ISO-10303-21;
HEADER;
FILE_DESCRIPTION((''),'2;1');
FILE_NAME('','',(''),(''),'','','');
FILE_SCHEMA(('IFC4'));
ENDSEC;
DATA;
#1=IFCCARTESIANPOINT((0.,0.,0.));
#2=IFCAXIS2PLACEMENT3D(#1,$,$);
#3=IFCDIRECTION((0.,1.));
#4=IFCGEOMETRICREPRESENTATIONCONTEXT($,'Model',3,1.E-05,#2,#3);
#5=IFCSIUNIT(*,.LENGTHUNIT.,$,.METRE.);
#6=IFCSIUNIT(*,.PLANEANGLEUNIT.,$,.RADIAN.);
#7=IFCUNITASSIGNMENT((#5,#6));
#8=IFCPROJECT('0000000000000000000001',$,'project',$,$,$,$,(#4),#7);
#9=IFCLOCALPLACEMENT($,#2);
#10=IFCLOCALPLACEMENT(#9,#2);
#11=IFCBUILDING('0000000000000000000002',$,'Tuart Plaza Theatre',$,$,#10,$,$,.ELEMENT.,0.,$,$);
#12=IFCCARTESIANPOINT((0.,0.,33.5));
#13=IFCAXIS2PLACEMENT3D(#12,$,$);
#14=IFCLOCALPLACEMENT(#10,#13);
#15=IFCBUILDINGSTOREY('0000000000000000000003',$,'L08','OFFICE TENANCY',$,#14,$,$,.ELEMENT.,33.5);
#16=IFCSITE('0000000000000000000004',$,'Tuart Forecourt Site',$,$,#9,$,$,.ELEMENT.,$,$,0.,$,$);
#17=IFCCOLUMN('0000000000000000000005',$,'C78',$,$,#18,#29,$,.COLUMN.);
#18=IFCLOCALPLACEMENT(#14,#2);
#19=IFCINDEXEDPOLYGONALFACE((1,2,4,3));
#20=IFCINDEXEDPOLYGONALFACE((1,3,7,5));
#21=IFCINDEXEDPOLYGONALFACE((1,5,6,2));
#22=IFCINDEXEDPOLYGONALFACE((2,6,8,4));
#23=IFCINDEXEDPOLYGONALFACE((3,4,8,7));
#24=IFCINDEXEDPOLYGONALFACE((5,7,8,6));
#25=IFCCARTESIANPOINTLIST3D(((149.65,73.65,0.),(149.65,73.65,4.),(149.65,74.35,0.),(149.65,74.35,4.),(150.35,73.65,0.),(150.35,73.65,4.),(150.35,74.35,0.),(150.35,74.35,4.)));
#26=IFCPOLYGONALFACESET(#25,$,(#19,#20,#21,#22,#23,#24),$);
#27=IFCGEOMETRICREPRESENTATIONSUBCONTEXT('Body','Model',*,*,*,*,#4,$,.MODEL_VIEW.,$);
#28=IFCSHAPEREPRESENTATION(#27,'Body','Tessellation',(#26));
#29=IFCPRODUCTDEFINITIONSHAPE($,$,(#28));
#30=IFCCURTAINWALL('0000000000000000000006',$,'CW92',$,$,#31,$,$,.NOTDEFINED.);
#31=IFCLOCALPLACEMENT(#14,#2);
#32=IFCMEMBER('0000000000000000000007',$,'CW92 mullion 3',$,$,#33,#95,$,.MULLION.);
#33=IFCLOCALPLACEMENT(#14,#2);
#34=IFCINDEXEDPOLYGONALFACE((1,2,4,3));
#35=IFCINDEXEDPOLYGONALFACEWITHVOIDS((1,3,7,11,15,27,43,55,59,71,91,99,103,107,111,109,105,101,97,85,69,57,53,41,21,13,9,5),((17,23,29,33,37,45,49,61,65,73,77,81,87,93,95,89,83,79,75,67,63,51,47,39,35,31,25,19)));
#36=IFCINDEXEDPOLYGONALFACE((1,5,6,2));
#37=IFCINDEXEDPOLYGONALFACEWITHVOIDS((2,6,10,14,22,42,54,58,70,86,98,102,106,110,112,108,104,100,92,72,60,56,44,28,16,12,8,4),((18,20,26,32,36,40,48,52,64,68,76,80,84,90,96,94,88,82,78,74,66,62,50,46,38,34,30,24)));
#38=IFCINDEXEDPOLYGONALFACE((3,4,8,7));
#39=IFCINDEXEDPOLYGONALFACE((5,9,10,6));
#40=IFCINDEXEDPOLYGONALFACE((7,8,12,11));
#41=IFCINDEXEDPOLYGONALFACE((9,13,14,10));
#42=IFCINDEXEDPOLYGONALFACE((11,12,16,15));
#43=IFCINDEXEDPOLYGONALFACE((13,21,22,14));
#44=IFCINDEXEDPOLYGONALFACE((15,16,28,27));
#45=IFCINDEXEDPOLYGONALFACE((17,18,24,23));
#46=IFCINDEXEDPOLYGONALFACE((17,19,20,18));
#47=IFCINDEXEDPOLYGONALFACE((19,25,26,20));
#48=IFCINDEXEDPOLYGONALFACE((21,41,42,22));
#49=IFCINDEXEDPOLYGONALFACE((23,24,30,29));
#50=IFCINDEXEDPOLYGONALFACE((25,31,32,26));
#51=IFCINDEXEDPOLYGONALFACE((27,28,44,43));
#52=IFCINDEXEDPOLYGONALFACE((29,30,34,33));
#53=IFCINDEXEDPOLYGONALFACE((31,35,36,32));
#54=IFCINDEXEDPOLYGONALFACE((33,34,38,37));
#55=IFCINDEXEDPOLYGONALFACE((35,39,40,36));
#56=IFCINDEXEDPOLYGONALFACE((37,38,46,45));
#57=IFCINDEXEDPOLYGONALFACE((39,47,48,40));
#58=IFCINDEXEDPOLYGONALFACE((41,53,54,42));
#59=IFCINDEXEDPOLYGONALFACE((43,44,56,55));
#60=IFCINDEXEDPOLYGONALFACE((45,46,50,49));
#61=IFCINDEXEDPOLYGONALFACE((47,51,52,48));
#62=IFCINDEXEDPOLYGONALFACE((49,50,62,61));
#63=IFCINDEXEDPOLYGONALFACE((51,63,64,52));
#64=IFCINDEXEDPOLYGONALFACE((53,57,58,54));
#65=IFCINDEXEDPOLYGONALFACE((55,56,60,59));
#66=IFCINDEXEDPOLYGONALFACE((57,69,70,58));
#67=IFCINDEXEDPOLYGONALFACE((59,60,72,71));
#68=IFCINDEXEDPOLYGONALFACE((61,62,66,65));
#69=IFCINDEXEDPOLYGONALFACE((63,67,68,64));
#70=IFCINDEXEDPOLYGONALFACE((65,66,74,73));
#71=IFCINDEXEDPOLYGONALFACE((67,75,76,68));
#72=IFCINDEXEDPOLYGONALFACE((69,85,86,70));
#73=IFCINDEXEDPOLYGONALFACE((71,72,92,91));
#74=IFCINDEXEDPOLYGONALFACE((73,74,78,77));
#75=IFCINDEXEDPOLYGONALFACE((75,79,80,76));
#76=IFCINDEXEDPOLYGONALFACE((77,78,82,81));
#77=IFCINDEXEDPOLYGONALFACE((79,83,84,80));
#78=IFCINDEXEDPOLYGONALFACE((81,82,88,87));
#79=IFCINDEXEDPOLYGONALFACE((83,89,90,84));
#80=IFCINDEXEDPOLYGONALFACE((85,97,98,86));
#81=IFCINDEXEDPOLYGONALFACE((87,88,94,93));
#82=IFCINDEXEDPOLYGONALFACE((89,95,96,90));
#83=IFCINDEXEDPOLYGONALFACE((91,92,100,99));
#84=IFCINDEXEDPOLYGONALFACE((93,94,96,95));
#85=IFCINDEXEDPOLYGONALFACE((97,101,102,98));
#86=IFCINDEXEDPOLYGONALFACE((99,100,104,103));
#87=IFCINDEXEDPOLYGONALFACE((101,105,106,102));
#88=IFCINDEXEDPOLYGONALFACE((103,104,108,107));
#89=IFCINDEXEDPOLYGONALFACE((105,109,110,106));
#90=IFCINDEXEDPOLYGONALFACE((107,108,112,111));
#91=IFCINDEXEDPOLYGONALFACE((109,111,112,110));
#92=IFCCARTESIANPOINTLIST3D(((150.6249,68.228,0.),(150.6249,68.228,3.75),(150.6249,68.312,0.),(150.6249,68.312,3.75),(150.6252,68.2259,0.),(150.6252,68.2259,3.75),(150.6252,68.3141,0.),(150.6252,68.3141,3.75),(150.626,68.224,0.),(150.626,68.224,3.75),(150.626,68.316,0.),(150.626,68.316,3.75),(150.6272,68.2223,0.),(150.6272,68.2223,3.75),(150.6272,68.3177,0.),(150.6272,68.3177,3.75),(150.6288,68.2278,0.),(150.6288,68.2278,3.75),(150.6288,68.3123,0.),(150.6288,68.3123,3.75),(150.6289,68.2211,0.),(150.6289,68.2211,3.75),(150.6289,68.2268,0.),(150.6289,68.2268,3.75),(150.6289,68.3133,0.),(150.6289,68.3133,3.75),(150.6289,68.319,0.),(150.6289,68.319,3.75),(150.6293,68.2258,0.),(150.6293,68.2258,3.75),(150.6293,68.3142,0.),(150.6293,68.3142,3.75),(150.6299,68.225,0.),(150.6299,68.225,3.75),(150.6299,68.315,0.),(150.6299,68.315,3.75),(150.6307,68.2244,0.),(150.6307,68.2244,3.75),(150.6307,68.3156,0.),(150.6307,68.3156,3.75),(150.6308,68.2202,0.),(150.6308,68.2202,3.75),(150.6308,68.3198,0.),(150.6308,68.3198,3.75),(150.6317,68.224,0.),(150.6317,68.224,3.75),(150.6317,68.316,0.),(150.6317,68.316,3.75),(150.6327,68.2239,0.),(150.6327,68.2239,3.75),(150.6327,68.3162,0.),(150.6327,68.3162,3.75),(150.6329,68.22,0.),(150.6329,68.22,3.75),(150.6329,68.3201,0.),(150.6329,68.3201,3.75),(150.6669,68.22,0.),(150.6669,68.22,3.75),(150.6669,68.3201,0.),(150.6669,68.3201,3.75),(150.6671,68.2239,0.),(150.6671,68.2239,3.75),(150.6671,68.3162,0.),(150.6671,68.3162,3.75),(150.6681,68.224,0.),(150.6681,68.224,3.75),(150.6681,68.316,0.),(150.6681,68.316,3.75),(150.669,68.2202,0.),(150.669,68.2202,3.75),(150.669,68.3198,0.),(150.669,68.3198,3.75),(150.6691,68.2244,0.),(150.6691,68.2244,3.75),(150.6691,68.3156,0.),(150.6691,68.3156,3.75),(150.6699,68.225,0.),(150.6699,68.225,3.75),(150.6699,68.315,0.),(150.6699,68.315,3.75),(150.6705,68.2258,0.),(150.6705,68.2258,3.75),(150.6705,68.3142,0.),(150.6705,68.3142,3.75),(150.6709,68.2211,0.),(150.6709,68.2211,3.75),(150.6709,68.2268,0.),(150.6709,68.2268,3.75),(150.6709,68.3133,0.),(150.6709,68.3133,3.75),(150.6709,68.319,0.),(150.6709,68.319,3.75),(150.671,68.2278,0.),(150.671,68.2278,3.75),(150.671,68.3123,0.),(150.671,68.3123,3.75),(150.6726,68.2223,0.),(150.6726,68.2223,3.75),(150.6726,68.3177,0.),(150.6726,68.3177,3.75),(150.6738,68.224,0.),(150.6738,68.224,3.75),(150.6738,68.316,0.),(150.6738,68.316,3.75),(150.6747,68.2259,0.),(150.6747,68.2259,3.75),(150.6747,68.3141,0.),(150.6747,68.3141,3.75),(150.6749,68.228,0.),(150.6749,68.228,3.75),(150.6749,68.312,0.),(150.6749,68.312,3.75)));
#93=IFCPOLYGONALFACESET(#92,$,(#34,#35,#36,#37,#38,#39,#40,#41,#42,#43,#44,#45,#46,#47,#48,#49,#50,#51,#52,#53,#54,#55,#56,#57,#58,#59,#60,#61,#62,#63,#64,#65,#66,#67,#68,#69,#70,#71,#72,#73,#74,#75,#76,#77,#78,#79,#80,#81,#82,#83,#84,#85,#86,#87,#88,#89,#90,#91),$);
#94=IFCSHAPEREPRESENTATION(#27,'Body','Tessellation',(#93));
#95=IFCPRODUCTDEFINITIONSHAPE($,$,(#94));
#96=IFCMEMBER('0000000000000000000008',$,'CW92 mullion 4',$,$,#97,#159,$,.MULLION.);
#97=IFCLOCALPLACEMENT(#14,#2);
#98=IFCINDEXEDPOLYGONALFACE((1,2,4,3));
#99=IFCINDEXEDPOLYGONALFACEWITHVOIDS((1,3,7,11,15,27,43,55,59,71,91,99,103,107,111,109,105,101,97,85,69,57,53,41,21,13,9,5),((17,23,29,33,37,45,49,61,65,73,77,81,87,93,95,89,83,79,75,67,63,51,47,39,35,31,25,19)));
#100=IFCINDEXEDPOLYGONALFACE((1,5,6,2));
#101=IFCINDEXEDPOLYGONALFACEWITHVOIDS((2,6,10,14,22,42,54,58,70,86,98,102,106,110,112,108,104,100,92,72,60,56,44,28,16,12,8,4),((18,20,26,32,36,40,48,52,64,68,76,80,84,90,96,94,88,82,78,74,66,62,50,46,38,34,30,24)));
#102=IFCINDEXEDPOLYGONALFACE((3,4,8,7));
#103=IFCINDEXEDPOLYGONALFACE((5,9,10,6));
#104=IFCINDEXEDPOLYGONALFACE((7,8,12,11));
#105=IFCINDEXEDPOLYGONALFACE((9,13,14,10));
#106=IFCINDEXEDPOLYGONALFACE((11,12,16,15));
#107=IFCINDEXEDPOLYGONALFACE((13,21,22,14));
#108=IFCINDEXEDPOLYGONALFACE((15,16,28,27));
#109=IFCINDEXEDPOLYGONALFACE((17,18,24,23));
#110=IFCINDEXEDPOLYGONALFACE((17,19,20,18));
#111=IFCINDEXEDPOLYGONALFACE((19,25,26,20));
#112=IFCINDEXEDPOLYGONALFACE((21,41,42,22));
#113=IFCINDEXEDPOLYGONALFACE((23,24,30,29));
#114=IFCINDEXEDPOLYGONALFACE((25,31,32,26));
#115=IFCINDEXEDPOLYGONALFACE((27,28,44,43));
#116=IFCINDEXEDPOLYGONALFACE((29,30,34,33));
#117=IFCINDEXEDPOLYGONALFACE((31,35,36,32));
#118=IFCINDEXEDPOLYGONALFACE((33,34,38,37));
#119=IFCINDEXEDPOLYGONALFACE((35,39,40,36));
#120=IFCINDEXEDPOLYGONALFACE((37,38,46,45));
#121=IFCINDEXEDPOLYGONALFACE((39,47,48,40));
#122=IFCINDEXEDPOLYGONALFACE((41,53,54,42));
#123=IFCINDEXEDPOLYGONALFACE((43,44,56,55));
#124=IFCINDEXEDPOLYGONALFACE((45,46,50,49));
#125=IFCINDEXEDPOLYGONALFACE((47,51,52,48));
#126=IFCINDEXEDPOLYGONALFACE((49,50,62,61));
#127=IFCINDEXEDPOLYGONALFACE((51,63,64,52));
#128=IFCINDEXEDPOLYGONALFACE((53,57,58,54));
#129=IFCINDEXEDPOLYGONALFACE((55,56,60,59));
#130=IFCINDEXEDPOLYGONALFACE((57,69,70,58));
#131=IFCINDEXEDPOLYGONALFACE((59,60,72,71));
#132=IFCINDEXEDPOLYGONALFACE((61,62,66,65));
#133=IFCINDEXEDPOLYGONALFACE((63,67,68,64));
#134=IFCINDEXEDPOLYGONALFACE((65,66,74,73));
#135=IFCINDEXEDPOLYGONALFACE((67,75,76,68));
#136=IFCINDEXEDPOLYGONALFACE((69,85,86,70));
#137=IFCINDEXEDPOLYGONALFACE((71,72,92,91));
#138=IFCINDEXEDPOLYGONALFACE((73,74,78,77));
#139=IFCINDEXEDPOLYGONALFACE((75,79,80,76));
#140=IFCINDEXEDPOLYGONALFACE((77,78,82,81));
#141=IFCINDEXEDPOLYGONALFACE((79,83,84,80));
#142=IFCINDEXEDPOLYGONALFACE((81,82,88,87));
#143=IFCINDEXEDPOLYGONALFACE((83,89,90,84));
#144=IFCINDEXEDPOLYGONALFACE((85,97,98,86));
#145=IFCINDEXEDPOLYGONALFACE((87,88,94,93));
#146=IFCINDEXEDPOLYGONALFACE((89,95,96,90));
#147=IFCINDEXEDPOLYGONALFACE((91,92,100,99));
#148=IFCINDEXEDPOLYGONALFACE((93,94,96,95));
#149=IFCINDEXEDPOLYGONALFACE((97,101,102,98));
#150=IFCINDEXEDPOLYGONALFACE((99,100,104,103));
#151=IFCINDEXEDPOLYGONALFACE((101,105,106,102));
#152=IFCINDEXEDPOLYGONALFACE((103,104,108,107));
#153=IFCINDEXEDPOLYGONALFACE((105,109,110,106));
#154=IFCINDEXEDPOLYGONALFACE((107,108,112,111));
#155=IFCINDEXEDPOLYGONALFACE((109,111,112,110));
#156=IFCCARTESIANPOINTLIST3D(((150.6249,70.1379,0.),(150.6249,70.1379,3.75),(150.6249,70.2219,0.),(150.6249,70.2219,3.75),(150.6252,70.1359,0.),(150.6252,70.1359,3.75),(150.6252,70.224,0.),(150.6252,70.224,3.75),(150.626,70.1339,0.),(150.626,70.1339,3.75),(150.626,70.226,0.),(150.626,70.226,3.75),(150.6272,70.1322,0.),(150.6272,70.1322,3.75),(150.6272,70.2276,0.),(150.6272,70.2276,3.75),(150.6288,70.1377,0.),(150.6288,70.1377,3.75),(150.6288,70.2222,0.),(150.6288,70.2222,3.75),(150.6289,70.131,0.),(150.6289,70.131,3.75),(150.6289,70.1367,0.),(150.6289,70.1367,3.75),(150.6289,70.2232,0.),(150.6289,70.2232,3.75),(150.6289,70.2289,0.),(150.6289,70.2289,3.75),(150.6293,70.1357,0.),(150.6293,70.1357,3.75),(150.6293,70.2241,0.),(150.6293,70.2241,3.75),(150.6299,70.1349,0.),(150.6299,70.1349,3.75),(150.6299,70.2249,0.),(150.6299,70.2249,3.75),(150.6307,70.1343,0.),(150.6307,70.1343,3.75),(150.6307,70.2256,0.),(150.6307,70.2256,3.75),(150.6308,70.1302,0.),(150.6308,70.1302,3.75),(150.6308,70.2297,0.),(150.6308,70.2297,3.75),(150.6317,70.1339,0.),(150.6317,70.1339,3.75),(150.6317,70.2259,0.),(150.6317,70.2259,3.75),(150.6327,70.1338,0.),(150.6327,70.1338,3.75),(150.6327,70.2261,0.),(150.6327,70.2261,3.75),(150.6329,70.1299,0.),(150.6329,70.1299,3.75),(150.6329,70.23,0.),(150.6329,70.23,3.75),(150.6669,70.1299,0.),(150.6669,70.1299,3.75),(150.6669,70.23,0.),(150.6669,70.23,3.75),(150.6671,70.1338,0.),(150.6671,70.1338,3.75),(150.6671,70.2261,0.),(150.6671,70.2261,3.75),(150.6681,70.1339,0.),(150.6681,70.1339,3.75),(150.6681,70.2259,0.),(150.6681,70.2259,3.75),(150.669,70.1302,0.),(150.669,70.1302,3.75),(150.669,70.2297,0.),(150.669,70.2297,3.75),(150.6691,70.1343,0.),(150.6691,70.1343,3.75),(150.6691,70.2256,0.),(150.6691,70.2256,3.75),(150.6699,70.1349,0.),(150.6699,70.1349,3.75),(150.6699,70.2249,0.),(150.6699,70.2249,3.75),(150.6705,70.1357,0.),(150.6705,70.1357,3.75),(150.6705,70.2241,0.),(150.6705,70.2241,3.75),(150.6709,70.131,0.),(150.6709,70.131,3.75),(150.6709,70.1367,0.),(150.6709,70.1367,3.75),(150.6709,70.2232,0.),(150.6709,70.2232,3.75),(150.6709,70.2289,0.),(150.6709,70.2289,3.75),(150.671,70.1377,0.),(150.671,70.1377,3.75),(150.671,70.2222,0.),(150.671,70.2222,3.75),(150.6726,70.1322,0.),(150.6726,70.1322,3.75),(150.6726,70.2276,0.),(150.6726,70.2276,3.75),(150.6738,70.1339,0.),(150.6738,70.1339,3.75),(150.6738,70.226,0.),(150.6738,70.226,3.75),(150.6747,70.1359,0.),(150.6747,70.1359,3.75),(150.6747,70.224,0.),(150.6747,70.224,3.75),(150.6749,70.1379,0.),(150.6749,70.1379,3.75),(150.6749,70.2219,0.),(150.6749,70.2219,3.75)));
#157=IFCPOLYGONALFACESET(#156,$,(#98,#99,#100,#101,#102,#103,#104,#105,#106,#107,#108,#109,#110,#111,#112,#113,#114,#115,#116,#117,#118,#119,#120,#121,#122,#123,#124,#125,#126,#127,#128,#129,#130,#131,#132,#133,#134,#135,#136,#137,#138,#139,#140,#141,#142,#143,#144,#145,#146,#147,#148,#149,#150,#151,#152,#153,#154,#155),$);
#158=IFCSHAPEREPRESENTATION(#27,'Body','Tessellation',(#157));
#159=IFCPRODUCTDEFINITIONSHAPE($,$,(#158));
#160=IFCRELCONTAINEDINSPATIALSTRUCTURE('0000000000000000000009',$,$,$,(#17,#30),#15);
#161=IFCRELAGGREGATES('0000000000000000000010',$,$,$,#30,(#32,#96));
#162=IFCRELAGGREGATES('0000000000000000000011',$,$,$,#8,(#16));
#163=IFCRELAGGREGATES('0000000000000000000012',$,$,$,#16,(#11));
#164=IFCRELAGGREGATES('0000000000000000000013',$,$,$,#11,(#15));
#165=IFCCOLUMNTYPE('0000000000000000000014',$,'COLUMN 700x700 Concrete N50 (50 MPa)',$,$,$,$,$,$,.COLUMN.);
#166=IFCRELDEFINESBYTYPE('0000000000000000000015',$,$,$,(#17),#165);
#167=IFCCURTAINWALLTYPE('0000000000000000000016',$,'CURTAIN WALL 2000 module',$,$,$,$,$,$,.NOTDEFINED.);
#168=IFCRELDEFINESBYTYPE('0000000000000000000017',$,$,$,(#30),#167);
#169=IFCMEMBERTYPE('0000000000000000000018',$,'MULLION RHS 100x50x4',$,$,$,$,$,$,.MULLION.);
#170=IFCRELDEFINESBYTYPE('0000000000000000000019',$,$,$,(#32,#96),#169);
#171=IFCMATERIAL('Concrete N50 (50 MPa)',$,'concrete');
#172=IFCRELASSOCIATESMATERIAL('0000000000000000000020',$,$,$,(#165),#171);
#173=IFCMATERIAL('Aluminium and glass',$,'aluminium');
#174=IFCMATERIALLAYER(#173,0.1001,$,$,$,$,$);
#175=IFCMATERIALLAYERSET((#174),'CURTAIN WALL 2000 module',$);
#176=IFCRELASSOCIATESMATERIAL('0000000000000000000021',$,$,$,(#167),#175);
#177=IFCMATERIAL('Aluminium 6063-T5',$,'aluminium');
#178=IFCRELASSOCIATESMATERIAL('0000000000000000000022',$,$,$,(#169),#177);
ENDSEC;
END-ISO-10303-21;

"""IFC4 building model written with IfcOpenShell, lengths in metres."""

from ifc_helpers import new_model, si_unit, direction, frame, origin, origin_2d, place, context, subcontext, project, spatial, rectangle, hollow_rectangle, extrude, material, layer, layer_set, material_profile, profile_set, type_object, element, aggregate, save


model = new_model("IFC4")

# Units and contexts
model_context = context("Model", 3, precision=1e-05, world=origin(), true_north=direction((0.0, 1.0)))
body_context = subcontext(model_context, "Body", "Model", "MODEL_VIEW")
ifc_project = project(units=[si_unit("LENGTHUNIT", "METRE"), si_unit("PLANEANGLEUNIT", "RADIAN")], contexts=[model_context])

# Site, building, storey
site_placement = place(None, origin())
site = spatial("IfcSite", under=ifc_project, at=site_placement, Name="Tuart Forecourt Site", CompositionType="ELEMENT", RefElevation=0.0)
building_placement = place(site_placement, origin())
building = spatial("IfcBuilding", under=site, at=building_placement, Name="Tuart Plaza Theatre", CompositionType="ELEMENT", ElevationOfRefHeight=0.0)
storey_placement = place(building_placement, frame((0.0, 0.0, 33.5)))
storey = spatial("IfcBuildingStorey", under=building, at=storey_placement, Name="L08", Description="OFFICE TENANCY", CompositionType="ELEMENT", Elevation=33.5)

# Column
ifc_material_1 = material(Name="Concrete N50 (50 MPa)", Category="concrete")
ifc_material_profile_1 = material_profile(ifc_material_1, rectangle(XDim=0.7, YDim=0.7, at=origin_2d()), Name="COLUMN 700x700 Concrete N50 (50 MPa)")
ifc_profile_set_1 = profile_set([ifc_material_profile_1], Name="Concrete N50 (50 MPa)")
column_type = type_object("IfcColumnType", Name="COLUMN 700x700 Concrete N50 (50 MPa)", PredefinedType="COLUMN", material=ifc_profile_set_1)
column_placement = place(storey_placement, frame((150.0, 74.0, 0.0), z_axis=(0.0, 0.0, 1.0), x_axis=(1.0, 0.0, 0.0)))
element("IfcColumn", 1, at=column_placement, inside=storey, type_object=column_type, Name="C78", PredefinedType="COLUMN", context=body_context, shape_type="SweptSolid", body=[
    extrude(rectangle(XDim=0.7, YDim=0.7, at=origin_2d()), origin(), (0.0, 0.0, 1.0), 4.0),
])

# Curtain wall, members
ifc_material_2 = material(Name="Aluminium and glass", Category="aluminium")
ifc_layer_1 = layer(ifc_material_2, 0.1001)
ifc_layer_set_1 = layer_set([ifc_layer_1], Name="CURTAIN WALL 2000 module")
curtain_wall_type = type_object("IfcCurtainWallType", Name="CURTAIN WALL 2000 module", PredefinedType="NOTDEFINED", material=ifc_layer_set_1)
curtain_wall_placement = place(storey_placement, origin())
curtain_wall = element("IfcCurtainWall", 2, at=curtain_wall_placement, inside=storey, type_object=curtain_wall_type, Name="CW92", PredefinedType="NOTDEFINED")
ifc_material_3 = material(Name="Aluminium 6063-T5", Category="aluminium")
ifc_material_profile_2 = material_profile(ifc_material_3, hollow_rectangle(XDim=0.05, YDim=0.1001, WallThickness=0.0039, InnerFilletRadius=0.0039, OuterFilletRadius=0.0081, at=origin_2d()), Name="RHS 100x50x4")
ifc_profile_set_2 = profile_set([ifc_material_profile_2], Name="Aluminium 6063-T5")
member_type_1 = type_object("IfcMemberType", Name="MULLION RHS 100x50x4", PredefinedType="MULLION", material=ifc_profile_set_2)
member_1_placement = place(storey_placement, frame((150.6499, 68.27, 0.0), z_axis=(0.0, 0.0, 1.0), x_axis=(-1.0, 0.0, 0.0)))
member_1 = element("IfcMember", 3, at=member_1_placement, type_object=member_type_1, Name="CW92 mullion 3", PredefinedType="MULLION", context=body_context, shape_type="SweptSolid", body=[
    extrude(hollow_rectangle(XDim=0.05, YDim=0.1001, WallThickness=0.0039, InnerFilletRadius=0.0039, OuterFilletRadius=0.0081, at=origin_2d()), origin(), (0.0, 0.0, 1.0), 3.75),
])
member_2_placement = place(storey_placement, frame((150.6499, 70.1799, 0.0), z_axis=(0.0, 0.0, 1.0), x_axis=(-1.0, 0.0, 0.0)))
member_2 = element("IfcMember", 4, at=member_2_placement, type_object=member_type_1, Name="CW92 mullion 4", PredefinedType="MULLION", context=body_context, shape_type="SweptSolid", body=[
    extrude(hollow_rectangle(XDim=0.05, YDim=0.1001, WallThickness=0.0039, InnerFilletRadius=0.0039, OuterFilletRadius=0.0081, at=origin_2d()), origin(), (0.0, 0.0, 1.0), 3.75),
])
aggregate(curtain_wall, [member_1, member_2])

save(model, "model.ifc")
